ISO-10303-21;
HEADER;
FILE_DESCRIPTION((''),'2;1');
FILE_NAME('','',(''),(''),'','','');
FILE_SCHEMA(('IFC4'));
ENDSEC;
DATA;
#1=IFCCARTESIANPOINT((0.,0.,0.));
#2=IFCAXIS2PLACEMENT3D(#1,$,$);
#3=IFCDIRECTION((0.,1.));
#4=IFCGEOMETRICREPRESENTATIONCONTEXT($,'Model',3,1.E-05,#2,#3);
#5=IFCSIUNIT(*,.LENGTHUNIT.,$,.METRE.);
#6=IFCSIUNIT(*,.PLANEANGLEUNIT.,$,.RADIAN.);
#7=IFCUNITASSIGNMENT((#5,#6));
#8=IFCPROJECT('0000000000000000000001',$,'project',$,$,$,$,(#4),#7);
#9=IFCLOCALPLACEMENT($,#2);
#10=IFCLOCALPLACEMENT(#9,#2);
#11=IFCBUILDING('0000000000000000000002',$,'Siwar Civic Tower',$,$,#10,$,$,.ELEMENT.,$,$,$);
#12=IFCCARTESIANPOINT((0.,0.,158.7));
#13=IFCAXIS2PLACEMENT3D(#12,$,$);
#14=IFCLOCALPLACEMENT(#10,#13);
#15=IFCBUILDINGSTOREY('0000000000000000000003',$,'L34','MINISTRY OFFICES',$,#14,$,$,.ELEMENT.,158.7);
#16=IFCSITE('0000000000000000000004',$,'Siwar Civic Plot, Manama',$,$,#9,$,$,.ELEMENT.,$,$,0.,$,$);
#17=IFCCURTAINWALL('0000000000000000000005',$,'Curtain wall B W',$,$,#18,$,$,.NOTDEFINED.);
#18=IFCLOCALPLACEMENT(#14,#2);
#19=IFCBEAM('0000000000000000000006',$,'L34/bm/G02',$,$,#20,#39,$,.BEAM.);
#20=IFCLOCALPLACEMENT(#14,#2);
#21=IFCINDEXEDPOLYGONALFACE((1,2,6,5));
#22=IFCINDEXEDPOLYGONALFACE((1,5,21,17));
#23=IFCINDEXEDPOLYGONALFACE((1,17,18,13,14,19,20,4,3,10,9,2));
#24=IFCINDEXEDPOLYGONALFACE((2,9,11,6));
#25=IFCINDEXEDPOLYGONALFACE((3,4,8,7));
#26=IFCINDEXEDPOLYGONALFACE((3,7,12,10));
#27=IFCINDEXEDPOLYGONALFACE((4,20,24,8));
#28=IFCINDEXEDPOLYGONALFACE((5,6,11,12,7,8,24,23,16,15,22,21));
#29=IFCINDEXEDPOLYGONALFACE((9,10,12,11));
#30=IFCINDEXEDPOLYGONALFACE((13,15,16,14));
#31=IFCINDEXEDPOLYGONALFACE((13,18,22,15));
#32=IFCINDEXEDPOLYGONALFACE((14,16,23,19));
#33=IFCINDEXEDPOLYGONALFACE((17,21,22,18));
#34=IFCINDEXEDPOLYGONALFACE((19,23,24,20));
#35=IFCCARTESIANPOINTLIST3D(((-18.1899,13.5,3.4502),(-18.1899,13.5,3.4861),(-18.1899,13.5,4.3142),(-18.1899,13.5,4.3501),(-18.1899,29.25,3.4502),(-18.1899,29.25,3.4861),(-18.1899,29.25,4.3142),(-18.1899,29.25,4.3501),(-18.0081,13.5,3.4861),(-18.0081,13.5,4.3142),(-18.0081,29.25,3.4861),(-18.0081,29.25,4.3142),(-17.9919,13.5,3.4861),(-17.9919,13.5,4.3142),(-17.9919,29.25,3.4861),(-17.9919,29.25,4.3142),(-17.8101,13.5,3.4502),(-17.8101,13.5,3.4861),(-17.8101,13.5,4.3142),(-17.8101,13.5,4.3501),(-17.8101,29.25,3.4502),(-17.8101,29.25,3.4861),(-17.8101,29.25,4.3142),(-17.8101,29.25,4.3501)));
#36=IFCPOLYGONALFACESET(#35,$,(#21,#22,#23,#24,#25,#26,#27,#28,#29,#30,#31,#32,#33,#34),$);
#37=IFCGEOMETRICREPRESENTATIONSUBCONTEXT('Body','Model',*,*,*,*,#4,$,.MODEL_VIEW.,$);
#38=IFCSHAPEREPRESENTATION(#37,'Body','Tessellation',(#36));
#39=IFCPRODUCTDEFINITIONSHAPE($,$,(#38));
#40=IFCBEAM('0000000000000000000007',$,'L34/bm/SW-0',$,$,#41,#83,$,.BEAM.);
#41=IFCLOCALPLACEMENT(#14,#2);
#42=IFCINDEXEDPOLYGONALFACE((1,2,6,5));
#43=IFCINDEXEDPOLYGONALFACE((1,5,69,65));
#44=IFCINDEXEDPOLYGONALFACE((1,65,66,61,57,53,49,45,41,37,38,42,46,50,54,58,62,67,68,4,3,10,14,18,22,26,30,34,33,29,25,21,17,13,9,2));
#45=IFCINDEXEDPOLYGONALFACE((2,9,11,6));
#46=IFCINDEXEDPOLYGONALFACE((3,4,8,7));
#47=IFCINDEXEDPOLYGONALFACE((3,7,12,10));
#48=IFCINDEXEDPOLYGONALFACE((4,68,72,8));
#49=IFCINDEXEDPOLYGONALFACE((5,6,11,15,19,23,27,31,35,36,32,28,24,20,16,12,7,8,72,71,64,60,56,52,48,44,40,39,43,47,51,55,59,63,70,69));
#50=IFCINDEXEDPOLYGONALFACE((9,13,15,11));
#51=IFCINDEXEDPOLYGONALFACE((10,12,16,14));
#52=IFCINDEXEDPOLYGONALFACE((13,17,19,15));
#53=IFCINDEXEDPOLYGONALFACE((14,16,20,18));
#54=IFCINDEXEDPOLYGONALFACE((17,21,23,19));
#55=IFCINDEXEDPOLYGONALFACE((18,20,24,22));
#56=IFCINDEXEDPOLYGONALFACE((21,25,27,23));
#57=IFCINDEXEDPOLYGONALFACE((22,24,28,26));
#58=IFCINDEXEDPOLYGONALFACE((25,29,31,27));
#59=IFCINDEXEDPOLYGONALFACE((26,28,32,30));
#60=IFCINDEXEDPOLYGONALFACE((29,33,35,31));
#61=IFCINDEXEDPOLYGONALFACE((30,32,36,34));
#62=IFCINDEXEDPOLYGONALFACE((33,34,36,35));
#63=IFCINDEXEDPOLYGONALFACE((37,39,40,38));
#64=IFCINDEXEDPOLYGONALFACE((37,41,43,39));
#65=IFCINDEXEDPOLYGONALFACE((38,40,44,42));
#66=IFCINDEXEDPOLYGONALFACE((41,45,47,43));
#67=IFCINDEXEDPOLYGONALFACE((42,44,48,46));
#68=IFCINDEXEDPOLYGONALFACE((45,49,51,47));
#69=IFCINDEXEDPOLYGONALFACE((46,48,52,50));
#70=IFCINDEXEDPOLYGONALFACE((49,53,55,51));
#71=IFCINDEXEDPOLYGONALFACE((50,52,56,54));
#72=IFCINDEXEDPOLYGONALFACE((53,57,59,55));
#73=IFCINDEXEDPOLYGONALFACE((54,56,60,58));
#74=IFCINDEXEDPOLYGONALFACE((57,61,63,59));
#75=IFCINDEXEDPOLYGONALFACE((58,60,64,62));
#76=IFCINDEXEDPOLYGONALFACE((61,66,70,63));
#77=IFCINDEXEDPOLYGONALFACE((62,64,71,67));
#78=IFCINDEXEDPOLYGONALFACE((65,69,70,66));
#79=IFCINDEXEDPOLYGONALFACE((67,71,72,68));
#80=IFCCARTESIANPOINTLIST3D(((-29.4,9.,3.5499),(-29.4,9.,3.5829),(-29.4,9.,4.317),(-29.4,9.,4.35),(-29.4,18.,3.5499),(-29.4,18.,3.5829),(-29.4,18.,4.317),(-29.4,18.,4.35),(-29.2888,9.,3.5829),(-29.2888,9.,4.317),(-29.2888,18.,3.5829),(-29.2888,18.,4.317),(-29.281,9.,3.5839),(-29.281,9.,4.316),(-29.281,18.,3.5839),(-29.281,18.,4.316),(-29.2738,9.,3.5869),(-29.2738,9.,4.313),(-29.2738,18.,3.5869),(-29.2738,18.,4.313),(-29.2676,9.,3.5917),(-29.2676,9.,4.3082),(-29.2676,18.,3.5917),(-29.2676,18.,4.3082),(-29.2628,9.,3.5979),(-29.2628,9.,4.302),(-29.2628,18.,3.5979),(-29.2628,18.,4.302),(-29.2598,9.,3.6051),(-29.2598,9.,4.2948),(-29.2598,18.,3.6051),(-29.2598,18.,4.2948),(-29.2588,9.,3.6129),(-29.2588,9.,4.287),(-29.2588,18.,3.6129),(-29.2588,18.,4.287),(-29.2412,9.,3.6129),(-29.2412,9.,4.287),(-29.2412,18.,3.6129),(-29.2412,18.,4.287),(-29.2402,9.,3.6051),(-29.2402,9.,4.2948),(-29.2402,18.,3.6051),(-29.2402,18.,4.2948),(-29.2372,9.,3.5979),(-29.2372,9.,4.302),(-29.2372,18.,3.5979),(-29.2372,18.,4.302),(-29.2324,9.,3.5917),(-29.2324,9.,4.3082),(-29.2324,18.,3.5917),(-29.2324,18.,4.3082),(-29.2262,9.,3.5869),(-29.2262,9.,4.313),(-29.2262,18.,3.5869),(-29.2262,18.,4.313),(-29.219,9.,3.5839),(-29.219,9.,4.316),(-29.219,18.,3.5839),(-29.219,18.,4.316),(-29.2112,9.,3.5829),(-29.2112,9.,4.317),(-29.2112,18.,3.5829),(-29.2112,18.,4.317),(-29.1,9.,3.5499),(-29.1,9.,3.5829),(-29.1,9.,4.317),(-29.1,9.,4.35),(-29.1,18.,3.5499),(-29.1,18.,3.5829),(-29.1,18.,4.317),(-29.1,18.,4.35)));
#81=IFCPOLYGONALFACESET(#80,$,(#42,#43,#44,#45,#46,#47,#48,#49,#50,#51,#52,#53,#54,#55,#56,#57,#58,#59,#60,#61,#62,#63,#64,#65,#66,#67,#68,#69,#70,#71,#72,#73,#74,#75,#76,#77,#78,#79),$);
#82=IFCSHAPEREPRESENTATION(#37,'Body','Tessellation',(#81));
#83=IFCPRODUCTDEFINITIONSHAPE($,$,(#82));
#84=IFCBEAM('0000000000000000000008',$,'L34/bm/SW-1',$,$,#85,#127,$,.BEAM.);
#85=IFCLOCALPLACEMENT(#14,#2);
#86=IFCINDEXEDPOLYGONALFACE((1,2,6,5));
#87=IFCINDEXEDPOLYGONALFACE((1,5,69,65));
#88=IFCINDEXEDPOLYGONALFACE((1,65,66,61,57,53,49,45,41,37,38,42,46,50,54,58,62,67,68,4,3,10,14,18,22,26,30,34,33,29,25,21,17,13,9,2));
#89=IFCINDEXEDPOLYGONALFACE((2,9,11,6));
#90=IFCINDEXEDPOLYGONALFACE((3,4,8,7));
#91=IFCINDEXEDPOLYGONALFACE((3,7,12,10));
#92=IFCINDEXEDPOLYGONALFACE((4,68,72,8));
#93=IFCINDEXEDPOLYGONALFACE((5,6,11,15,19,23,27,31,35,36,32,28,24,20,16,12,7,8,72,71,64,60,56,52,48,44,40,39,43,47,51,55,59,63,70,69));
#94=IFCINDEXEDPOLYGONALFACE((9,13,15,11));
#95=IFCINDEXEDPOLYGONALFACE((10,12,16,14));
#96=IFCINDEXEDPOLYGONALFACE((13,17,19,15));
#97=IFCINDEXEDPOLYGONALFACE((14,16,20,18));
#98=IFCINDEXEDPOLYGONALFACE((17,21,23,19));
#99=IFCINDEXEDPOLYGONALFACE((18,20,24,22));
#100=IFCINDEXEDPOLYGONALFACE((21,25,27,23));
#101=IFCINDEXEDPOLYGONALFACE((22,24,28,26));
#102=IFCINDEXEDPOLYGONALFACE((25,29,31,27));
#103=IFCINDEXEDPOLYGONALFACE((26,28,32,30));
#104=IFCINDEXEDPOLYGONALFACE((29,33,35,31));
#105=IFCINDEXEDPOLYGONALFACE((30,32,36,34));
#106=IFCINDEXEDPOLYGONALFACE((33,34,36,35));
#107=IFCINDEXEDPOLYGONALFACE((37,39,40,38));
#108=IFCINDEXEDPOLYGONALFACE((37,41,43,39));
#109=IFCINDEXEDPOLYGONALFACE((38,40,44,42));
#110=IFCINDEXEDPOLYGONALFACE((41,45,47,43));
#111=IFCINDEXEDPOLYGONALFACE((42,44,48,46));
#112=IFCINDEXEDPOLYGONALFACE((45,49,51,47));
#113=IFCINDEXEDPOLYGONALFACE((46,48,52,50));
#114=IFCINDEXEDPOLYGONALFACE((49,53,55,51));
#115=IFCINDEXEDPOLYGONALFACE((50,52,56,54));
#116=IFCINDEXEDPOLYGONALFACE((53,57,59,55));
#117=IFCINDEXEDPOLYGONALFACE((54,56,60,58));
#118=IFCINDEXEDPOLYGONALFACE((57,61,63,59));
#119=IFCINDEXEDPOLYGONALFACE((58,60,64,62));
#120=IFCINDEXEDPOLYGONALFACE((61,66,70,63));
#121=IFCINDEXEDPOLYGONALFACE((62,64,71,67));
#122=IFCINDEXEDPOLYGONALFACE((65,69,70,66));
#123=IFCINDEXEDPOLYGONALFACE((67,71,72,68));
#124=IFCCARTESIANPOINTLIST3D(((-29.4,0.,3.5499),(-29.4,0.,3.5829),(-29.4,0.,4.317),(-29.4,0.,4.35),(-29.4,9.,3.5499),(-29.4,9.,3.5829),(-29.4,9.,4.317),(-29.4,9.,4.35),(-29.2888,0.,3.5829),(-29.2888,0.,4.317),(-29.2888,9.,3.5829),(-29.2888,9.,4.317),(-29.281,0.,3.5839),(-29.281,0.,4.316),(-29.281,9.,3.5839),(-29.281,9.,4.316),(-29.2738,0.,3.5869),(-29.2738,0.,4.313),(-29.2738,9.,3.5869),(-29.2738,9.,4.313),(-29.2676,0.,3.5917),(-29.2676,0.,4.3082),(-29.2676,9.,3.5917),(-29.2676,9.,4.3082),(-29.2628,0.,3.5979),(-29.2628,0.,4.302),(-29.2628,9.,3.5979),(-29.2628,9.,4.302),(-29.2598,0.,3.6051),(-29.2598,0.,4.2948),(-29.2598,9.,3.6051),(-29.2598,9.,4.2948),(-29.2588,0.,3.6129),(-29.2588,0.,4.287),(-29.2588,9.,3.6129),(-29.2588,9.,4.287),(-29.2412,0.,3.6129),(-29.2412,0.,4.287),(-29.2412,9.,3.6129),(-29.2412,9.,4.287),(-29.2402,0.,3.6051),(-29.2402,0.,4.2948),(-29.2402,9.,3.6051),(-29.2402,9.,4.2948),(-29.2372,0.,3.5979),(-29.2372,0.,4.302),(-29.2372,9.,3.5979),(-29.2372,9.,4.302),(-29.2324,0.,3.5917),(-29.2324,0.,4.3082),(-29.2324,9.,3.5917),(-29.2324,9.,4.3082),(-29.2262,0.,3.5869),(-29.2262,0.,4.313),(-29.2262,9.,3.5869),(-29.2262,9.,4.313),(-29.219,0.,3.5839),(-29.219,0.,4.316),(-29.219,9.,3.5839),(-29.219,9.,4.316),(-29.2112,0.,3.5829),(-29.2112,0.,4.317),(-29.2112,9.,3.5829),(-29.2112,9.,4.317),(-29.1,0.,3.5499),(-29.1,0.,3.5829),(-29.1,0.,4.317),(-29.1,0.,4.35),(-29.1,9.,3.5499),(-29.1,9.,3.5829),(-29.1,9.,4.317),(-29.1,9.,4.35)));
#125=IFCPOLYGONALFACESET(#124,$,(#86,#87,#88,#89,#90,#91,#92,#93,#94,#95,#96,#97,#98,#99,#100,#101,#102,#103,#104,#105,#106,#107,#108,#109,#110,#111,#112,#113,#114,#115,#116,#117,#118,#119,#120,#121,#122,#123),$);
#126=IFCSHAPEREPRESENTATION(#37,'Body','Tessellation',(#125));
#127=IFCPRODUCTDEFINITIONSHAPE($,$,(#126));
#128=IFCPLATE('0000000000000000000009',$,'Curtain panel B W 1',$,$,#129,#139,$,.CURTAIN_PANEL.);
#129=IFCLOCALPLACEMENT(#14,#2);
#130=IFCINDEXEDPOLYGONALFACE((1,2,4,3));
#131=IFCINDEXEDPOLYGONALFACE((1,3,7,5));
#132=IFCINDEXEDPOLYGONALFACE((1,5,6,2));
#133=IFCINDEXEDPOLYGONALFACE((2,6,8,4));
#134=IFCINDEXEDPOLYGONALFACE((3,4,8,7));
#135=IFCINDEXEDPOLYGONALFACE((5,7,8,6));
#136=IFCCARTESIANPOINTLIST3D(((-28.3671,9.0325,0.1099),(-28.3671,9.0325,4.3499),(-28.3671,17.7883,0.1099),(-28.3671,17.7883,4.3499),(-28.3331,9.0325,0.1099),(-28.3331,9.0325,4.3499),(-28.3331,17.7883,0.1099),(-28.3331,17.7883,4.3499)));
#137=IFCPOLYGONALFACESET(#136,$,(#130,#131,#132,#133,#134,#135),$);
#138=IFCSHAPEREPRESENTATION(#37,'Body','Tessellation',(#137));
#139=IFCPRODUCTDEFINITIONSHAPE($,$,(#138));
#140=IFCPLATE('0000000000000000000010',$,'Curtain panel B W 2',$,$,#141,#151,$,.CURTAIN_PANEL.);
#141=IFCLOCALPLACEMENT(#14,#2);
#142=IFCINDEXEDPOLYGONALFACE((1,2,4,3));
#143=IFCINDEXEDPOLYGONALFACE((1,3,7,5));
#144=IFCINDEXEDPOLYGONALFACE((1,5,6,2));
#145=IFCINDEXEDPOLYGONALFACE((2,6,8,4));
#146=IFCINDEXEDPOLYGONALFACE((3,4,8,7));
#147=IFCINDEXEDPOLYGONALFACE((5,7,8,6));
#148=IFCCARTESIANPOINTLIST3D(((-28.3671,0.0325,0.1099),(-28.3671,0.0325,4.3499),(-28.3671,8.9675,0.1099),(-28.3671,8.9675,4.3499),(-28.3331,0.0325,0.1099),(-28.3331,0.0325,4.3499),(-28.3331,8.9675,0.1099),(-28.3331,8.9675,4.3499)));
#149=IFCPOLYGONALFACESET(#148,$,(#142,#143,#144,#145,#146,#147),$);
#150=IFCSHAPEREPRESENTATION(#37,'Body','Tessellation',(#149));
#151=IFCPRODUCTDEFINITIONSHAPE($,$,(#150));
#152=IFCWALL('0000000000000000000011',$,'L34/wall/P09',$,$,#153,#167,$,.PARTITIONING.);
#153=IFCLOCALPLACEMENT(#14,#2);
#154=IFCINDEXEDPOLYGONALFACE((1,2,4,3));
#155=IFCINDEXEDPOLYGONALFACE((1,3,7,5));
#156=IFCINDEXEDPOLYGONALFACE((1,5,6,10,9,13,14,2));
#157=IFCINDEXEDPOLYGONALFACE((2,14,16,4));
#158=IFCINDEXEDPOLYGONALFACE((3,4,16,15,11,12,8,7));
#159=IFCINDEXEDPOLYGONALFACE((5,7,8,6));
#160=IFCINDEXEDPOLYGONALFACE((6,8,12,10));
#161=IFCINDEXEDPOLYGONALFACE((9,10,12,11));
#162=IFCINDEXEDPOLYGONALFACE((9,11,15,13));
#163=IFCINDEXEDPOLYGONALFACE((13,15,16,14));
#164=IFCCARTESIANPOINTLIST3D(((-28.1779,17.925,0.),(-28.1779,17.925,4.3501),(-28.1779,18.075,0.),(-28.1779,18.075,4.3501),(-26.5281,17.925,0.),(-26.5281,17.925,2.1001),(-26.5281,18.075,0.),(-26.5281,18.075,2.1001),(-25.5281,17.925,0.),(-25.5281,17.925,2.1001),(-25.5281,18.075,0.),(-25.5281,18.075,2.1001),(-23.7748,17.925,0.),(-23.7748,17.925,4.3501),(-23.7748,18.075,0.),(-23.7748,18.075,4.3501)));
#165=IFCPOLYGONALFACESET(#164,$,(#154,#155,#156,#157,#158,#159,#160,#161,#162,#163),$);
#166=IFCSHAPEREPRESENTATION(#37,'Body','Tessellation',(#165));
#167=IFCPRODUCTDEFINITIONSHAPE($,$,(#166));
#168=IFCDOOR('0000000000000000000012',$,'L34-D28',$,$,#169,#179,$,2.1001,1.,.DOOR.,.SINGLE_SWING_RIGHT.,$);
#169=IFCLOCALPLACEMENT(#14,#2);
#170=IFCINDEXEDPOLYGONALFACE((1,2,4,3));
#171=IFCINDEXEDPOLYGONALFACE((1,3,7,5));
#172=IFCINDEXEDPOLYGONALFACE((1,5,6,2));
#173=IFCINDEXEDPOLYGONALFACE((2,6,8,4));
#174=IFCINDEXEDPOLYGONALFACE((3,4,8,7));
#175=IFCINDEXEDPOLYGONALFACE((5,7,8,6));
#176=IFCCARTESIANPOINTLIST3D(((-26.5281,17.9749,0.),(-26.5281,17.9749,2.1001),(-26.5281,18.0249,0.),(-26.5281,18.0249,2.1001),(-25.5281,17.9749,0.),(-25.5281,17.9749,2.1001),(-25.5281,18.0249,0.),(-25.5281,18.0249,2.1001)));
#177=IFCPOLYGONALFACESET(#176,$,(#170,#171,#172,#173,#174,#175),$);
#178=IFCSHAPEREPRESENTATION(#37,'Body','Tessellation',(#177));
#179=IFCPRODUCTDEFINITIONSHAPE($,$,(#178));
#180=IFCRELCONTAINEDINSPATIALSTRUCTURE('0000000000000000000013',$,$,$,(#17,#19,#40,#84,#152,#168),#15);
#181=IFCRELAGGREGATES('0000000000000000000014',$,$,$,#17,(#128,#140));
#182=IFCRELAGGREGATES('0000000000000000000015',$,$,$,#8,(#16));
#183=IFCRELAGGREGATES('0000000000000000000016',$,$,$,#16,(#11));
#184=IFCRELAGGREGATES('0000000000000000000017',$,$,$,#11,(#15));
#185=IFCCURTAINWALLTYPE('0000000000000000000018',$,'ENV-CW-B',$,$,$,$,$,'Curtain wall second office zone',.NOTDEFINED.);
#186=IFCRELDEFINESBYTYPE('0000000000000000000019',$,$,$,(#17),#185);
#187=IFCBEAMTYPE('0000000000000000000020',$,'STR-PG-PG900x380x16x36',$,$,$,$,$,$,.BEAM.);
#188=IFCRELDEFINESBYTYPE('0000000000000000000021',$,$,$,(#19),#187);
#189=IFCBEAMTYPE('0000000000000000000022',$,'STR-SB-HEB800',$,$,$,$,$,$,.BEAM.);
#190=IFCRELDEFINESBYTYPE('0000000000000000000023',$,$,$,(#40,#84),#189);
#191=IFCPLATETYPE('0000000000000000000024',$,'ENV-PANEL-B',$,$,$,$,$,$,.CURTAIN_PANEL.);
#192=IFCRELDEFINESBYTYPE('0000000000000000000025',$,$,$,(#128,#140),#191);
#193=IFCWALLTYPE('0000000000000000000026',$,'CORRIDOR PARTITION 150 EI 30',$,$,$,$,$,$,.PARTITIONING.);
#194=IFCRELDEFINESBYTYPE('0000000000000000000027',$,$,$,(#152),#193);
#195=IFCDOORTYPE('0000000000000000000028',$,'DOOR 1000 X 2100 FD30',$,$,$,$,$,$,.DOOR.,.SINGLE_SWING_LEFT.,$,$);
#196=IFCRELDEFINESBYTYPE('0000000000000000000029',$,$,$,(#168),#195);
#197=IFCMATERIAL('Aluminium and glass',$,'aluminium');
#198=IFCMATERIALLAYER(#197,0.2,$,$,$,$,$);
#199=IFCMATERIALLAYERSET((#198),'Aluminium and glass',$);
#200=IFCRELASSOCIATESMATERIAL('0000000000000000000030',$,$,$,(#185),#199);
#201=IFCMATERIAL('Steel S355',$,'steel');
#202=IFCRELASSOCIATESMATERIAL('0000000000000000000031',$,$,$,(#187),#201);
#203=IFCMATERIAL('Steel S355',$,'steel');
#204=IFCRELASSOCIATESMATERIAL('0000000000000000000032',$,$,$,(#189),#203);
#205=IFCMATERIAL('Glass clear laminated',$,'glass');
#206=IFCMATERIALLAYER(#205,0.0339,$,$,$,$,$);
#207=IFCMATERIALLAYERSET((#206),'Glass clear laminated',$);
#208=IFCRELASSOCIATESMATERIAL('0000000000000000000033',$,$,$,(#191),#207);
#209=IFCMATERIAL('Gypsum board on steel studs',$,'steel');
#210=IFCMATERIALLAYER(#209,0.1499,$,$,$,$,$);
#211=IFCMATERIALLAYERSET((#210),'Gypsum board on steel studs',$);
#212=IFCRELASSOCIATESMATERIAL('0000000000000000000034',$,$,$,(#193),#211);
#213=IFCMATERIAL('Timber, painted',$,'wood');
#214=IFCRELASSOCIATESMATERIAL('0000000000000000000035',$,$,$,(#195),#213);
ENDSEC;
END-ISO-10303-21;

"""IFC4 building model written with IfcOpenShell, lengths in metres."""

from ifc_helpers import new_model, si_unit, direction, frame, frame_2d, origin, origin_2d, place, context, subcontext, project, spatial, rectangle, i_section, extrude, material, layer, layer_set, material_profile, profile_set, type_object, element, fill, aggregate, save


model = new_model("IFC4")

# Units and contexts
model_context = context("Model", 3, precision=1e-05, world=origin(), true_north=direction((0.0, 1.0)))
body_context = subcontext(model_context, "Body", "Model", "MODEL_VIEW")
ifc_project = project(units=[si_unit("LENGTHUNIT", "METRE"), si_unit("PLANEANGLEUNIT", "RADIAN")], contexts=[model_context])

# Site, building, storey
site_placement = place(None, origin())
site = spatial("IfcSite", under=ifc_project, at=site_placement, Name="Siwar Civic Plot, Manama", CompositionType="ELEMENT", RefElevation=0.0)
building_placement = place(site_placement, origin())
building = spatial("IfcBuilding", under=site, at=building_placement, Name="Siwar Civic Tower", CompositionType="ELEMENT")
storey_placement = place(building_placement, frame((0.0, 0.0, 158.7)))
storey = spatial("IfcBuildingStorey", under=building, at=storey_placement, Name="L34", Description="MINISTRY OFFICES", CompositionType="ELEMENT", Elevation=158.7)

# Curtain wall
ifc_material_1 = material(Name="Aluminium and glass", Category="aluminium")
ifc_layer_1 = layer(ifc_material_1, 0.2)
ifc_layer_set_1 = layer_set([ifc_layer_1], Name="Aluminium and glass")
curtain_wall_type = type_object("IfcCurtainWallType", Name="ENV-CW-B", ElementType="Curtain wall second office zone", PredefinedType="NOTDEFINED", material=ifc_layer_set_1)
curtain_wall_placement = place(storey_placement, origin())
curtain_wall = element("IfcCurtainWall", 1, at=curtain_wall_placement, inside=storey, type_object=curtain_wall_type, Name="Curtain wall B W", PredefinedType="NOTDEFINED")

# Beams
ifc_material_2 = material(Name="Steel S355", Category="steel")
ifc_material_profile_1 = material_profile(ifc_material_2, i_section(OverallWidth=0.3799, OverallDepth=0.8999, WebThickness=0.0161, FlangeThickness=0.0359, at=origin_2d()), Name="PG900x380x16x36")
ifc_profile_set_1 = profile_set([ifc_material_profile_1], Name="Steel S355")
beam_type_1 = type_object("IfcBeamType", Name="STR-PG-PG900x380x16x36", PredefinedType="BEAM", material=ifc_profile_set_1)
beam_1_placement = place(storey_placement, frame((-18.0, 13.5, 3.9001), z_axis=(0.0, 1.0, 0.0), x_axis=(-1.0, 0.0, 0.0)))
element("IfcBeam", 2, at=beam_1_placement, inside=storey, type_object=beam_type_1, Name="L34/bm/G02", PredefinedType="BEAM", context=body_context, shape_type="SweptSolid", body=[
    extrude(i_section(OverallWidth=0.3799, OverallDepth=0.8999, WebThickness=0.0161, FlangeThickness=0.0359, at=origin_2d()), origin(), (0.0, 0.0, 1.0), 15.75),
])
ifc_material_3 = material(Name="Steel S355", Category="steel")
ifc_material_profile_2 = material_profile(ifc_material_3, i_section(OverallWidth=0.3, OverallDepth=0.8, WebThickness=0.0176, FlangeThickness=0.033, FilletRadius=0.03, at=origin_2d()), Name="HEB800")
ifc_profile_set_2 = profile_set([ifc_material_profile_2], Name="Steel S355")
beam_type_2 = type_object("IfcBeamType", Name="STR-SB-HEB800", PredefinedType="BEAM", material=ifc_profile_set_2)
for number, where, z_axis, x_axis, name in (
    (3, (-29.25, 18.0, 3.95), (0.0, -1.0, 0.0), (1.0, 0.0, 0.0), "L34/bm/SW-0"),
    (4, (-29.25, 9.0, 3.95), (0.0, -1.0, 0.0), (1.0, 0.0, 0.0), "L34/bm/SW-1"),
):
    element("IfcBeam", number, at=place(storey_placement, frame(where, z_axis=z_axis, x_axis=x_axis)), inside=storey, type_object=beam_type_2, Name=name, PredefinedType="BEAM", context=body_context, shape_type="SweptSolid", body=[
        extrude(i_section(OverallWidth=0.3, OverallDepth=0.8, WebThickness=0.0176, FlangeThickness=0.033, FilletRadius=0.03, at=origin_2d()), origin(), (0.0, 0.0, 1.0), 9.0),
    ])

# Plates
ifc_material_4 = material(Name="Glass clear laminated", Category="glass")
ifc_layer_2 = layer(ifc_material_4, 0.0339)
ifc_layer_set_2 = layer_set([ifc_layer_2], Name="Glass clear laminated")
plate_type = type_object("IfcPlateType", Name="ENV-PANEL-B", PredefinedType="CURTAIN_PANEL", material=ifc_layer_set_2)
plate_1_placement = place(storey_placement, frame((-28.3501, 13.4104, 0.1099), z_axis=(0.0, 0.0, 1.0), x_axis=(0.0, -1.0, 0.0)))
plate_1 = element("IfcPlate", 5, at=plate_1_placement, type_object=plate_type, Name="Curtain panel B W 1", PredefinedType="CURTAIN_PANEL", context=body_context, shape_type="SweptSolid", body=[
    extrude(rectangle(XDim=8.7559, YDim=0.0339, at=origin_2d()), origin(), (0.0, 0.0, 1.0), 4.24),
])
plate_2_placement = place(storey_placement, frame((-28.3501, 4.5, 0.1099), z_axis=(0.0, 0.0, 1.0), x_axis=(0.0, -1.0, 0.0)))
plate_2 = element("IfcPlate", 6, at=plate_2_placement, type_object=plate_type, Name="Curtain panel B W 2", PredefinedType="CURTAIN_PANEL", context=body_context, shape_type="SweptSolid", body=[
    extrude(rectangle(XDim=8.9351, YDim=0.0339, at=origin_2d()), origin(), (0.0, 0.0, 1.0), 4.24),
])
aggregate(curtain_wall, [plate_1, plate_2])

# Wall, opening, door
ifc_material_5 = material(Name="Gypsum board on steel studs", Category="steel")
ifc_layer_3 = layer(ifc_material_5, 0.1499)
ifc_layer_set_3 = layer_set([ifc_layer_3], Name="Gypsum board on steel studs")
wall_type_1 = type_object("IfcWallType", Name="CORRIDOR PARTITION 150 EI 30", PredefinedType="PARTITIONING", material=ifc_layer_set_3)
wall_1_placement = place(storey_placement, frame((-28.178, 18.0, 0.0), z_axis=(0.0, 0.0, 1.0), x_axis=(1.0, 0.0, 0.0)))
wall_1 = element("IfcWall", 7, at=wall_1_placement, inside=storey, type_object=wall_type_1, Name="L34/wall/P09", PredefinedType="PARTITIONING", context=body_context, shape_type="SweptSolid", body=[
    extrude(rectangle(XDim=4.4031, YDim=0.1499, at=frame_2d((2.2017, 0.0))), origin(), (0.0, 0.0, 1.0), 4.3501),
])
opening_1_placement = place(wall_1_placement, frame((1.6499, 0.0, 0.0)))
opening_1 = element("IfcOpeningElement", 8, at=opening_1_placement, cuts=wall_1, PredefinedType="OPENING", context=body_context, shape_type="SweptSolid", body=[
    extrude(rectangle(XDim=1.0, YDim=2.1001, at=frame_2d((0.5, 1.05))), frame((0.0, 0.085, 0.0), z_axis=(0.0, -1.0, 0.0), x_axis=(1.0, 0.0, 0.0)), (0.0, 0.0, 1.0), 0.1699),
])
ifc_material_6 = material(Name="Timber, painted", Category="wood")
door_type_1 = type_object("IfcDoorType", Name="DOOR 1000 X 2100 FD30", OperationType="SINGLE_SWING_LEFT", PredefinedType="DOOR", material=ifc_material_6)
door_1_placement = place(opening_1_placement, origin())
door_1 = element("IfcDoor", 9, at=door_1_placement, inside=storey, type_object=door_type_1, Name="L34-D28", OperationType="SINGLE_SWING_RIGHT", OverallHeight=2.1001, OverallWidth=1.0, PredefinedType="DOOR", context=body_context, shape_type="SweptSolid", body=[
    extrude(rectangle(XDim=1.0, YDim=2.1001, at=frame_2d((0.5, 1.05))), frame((0.0, 0.0249, 0.0), z_axis=(0.0, -1.0, 0.0), x_axis=(1.0, 0.0, 0.0)), (0.0, 0.0, 1.0), 0.05),
])
fill(opening_1, door_1)

save(model, "model.ifc")
